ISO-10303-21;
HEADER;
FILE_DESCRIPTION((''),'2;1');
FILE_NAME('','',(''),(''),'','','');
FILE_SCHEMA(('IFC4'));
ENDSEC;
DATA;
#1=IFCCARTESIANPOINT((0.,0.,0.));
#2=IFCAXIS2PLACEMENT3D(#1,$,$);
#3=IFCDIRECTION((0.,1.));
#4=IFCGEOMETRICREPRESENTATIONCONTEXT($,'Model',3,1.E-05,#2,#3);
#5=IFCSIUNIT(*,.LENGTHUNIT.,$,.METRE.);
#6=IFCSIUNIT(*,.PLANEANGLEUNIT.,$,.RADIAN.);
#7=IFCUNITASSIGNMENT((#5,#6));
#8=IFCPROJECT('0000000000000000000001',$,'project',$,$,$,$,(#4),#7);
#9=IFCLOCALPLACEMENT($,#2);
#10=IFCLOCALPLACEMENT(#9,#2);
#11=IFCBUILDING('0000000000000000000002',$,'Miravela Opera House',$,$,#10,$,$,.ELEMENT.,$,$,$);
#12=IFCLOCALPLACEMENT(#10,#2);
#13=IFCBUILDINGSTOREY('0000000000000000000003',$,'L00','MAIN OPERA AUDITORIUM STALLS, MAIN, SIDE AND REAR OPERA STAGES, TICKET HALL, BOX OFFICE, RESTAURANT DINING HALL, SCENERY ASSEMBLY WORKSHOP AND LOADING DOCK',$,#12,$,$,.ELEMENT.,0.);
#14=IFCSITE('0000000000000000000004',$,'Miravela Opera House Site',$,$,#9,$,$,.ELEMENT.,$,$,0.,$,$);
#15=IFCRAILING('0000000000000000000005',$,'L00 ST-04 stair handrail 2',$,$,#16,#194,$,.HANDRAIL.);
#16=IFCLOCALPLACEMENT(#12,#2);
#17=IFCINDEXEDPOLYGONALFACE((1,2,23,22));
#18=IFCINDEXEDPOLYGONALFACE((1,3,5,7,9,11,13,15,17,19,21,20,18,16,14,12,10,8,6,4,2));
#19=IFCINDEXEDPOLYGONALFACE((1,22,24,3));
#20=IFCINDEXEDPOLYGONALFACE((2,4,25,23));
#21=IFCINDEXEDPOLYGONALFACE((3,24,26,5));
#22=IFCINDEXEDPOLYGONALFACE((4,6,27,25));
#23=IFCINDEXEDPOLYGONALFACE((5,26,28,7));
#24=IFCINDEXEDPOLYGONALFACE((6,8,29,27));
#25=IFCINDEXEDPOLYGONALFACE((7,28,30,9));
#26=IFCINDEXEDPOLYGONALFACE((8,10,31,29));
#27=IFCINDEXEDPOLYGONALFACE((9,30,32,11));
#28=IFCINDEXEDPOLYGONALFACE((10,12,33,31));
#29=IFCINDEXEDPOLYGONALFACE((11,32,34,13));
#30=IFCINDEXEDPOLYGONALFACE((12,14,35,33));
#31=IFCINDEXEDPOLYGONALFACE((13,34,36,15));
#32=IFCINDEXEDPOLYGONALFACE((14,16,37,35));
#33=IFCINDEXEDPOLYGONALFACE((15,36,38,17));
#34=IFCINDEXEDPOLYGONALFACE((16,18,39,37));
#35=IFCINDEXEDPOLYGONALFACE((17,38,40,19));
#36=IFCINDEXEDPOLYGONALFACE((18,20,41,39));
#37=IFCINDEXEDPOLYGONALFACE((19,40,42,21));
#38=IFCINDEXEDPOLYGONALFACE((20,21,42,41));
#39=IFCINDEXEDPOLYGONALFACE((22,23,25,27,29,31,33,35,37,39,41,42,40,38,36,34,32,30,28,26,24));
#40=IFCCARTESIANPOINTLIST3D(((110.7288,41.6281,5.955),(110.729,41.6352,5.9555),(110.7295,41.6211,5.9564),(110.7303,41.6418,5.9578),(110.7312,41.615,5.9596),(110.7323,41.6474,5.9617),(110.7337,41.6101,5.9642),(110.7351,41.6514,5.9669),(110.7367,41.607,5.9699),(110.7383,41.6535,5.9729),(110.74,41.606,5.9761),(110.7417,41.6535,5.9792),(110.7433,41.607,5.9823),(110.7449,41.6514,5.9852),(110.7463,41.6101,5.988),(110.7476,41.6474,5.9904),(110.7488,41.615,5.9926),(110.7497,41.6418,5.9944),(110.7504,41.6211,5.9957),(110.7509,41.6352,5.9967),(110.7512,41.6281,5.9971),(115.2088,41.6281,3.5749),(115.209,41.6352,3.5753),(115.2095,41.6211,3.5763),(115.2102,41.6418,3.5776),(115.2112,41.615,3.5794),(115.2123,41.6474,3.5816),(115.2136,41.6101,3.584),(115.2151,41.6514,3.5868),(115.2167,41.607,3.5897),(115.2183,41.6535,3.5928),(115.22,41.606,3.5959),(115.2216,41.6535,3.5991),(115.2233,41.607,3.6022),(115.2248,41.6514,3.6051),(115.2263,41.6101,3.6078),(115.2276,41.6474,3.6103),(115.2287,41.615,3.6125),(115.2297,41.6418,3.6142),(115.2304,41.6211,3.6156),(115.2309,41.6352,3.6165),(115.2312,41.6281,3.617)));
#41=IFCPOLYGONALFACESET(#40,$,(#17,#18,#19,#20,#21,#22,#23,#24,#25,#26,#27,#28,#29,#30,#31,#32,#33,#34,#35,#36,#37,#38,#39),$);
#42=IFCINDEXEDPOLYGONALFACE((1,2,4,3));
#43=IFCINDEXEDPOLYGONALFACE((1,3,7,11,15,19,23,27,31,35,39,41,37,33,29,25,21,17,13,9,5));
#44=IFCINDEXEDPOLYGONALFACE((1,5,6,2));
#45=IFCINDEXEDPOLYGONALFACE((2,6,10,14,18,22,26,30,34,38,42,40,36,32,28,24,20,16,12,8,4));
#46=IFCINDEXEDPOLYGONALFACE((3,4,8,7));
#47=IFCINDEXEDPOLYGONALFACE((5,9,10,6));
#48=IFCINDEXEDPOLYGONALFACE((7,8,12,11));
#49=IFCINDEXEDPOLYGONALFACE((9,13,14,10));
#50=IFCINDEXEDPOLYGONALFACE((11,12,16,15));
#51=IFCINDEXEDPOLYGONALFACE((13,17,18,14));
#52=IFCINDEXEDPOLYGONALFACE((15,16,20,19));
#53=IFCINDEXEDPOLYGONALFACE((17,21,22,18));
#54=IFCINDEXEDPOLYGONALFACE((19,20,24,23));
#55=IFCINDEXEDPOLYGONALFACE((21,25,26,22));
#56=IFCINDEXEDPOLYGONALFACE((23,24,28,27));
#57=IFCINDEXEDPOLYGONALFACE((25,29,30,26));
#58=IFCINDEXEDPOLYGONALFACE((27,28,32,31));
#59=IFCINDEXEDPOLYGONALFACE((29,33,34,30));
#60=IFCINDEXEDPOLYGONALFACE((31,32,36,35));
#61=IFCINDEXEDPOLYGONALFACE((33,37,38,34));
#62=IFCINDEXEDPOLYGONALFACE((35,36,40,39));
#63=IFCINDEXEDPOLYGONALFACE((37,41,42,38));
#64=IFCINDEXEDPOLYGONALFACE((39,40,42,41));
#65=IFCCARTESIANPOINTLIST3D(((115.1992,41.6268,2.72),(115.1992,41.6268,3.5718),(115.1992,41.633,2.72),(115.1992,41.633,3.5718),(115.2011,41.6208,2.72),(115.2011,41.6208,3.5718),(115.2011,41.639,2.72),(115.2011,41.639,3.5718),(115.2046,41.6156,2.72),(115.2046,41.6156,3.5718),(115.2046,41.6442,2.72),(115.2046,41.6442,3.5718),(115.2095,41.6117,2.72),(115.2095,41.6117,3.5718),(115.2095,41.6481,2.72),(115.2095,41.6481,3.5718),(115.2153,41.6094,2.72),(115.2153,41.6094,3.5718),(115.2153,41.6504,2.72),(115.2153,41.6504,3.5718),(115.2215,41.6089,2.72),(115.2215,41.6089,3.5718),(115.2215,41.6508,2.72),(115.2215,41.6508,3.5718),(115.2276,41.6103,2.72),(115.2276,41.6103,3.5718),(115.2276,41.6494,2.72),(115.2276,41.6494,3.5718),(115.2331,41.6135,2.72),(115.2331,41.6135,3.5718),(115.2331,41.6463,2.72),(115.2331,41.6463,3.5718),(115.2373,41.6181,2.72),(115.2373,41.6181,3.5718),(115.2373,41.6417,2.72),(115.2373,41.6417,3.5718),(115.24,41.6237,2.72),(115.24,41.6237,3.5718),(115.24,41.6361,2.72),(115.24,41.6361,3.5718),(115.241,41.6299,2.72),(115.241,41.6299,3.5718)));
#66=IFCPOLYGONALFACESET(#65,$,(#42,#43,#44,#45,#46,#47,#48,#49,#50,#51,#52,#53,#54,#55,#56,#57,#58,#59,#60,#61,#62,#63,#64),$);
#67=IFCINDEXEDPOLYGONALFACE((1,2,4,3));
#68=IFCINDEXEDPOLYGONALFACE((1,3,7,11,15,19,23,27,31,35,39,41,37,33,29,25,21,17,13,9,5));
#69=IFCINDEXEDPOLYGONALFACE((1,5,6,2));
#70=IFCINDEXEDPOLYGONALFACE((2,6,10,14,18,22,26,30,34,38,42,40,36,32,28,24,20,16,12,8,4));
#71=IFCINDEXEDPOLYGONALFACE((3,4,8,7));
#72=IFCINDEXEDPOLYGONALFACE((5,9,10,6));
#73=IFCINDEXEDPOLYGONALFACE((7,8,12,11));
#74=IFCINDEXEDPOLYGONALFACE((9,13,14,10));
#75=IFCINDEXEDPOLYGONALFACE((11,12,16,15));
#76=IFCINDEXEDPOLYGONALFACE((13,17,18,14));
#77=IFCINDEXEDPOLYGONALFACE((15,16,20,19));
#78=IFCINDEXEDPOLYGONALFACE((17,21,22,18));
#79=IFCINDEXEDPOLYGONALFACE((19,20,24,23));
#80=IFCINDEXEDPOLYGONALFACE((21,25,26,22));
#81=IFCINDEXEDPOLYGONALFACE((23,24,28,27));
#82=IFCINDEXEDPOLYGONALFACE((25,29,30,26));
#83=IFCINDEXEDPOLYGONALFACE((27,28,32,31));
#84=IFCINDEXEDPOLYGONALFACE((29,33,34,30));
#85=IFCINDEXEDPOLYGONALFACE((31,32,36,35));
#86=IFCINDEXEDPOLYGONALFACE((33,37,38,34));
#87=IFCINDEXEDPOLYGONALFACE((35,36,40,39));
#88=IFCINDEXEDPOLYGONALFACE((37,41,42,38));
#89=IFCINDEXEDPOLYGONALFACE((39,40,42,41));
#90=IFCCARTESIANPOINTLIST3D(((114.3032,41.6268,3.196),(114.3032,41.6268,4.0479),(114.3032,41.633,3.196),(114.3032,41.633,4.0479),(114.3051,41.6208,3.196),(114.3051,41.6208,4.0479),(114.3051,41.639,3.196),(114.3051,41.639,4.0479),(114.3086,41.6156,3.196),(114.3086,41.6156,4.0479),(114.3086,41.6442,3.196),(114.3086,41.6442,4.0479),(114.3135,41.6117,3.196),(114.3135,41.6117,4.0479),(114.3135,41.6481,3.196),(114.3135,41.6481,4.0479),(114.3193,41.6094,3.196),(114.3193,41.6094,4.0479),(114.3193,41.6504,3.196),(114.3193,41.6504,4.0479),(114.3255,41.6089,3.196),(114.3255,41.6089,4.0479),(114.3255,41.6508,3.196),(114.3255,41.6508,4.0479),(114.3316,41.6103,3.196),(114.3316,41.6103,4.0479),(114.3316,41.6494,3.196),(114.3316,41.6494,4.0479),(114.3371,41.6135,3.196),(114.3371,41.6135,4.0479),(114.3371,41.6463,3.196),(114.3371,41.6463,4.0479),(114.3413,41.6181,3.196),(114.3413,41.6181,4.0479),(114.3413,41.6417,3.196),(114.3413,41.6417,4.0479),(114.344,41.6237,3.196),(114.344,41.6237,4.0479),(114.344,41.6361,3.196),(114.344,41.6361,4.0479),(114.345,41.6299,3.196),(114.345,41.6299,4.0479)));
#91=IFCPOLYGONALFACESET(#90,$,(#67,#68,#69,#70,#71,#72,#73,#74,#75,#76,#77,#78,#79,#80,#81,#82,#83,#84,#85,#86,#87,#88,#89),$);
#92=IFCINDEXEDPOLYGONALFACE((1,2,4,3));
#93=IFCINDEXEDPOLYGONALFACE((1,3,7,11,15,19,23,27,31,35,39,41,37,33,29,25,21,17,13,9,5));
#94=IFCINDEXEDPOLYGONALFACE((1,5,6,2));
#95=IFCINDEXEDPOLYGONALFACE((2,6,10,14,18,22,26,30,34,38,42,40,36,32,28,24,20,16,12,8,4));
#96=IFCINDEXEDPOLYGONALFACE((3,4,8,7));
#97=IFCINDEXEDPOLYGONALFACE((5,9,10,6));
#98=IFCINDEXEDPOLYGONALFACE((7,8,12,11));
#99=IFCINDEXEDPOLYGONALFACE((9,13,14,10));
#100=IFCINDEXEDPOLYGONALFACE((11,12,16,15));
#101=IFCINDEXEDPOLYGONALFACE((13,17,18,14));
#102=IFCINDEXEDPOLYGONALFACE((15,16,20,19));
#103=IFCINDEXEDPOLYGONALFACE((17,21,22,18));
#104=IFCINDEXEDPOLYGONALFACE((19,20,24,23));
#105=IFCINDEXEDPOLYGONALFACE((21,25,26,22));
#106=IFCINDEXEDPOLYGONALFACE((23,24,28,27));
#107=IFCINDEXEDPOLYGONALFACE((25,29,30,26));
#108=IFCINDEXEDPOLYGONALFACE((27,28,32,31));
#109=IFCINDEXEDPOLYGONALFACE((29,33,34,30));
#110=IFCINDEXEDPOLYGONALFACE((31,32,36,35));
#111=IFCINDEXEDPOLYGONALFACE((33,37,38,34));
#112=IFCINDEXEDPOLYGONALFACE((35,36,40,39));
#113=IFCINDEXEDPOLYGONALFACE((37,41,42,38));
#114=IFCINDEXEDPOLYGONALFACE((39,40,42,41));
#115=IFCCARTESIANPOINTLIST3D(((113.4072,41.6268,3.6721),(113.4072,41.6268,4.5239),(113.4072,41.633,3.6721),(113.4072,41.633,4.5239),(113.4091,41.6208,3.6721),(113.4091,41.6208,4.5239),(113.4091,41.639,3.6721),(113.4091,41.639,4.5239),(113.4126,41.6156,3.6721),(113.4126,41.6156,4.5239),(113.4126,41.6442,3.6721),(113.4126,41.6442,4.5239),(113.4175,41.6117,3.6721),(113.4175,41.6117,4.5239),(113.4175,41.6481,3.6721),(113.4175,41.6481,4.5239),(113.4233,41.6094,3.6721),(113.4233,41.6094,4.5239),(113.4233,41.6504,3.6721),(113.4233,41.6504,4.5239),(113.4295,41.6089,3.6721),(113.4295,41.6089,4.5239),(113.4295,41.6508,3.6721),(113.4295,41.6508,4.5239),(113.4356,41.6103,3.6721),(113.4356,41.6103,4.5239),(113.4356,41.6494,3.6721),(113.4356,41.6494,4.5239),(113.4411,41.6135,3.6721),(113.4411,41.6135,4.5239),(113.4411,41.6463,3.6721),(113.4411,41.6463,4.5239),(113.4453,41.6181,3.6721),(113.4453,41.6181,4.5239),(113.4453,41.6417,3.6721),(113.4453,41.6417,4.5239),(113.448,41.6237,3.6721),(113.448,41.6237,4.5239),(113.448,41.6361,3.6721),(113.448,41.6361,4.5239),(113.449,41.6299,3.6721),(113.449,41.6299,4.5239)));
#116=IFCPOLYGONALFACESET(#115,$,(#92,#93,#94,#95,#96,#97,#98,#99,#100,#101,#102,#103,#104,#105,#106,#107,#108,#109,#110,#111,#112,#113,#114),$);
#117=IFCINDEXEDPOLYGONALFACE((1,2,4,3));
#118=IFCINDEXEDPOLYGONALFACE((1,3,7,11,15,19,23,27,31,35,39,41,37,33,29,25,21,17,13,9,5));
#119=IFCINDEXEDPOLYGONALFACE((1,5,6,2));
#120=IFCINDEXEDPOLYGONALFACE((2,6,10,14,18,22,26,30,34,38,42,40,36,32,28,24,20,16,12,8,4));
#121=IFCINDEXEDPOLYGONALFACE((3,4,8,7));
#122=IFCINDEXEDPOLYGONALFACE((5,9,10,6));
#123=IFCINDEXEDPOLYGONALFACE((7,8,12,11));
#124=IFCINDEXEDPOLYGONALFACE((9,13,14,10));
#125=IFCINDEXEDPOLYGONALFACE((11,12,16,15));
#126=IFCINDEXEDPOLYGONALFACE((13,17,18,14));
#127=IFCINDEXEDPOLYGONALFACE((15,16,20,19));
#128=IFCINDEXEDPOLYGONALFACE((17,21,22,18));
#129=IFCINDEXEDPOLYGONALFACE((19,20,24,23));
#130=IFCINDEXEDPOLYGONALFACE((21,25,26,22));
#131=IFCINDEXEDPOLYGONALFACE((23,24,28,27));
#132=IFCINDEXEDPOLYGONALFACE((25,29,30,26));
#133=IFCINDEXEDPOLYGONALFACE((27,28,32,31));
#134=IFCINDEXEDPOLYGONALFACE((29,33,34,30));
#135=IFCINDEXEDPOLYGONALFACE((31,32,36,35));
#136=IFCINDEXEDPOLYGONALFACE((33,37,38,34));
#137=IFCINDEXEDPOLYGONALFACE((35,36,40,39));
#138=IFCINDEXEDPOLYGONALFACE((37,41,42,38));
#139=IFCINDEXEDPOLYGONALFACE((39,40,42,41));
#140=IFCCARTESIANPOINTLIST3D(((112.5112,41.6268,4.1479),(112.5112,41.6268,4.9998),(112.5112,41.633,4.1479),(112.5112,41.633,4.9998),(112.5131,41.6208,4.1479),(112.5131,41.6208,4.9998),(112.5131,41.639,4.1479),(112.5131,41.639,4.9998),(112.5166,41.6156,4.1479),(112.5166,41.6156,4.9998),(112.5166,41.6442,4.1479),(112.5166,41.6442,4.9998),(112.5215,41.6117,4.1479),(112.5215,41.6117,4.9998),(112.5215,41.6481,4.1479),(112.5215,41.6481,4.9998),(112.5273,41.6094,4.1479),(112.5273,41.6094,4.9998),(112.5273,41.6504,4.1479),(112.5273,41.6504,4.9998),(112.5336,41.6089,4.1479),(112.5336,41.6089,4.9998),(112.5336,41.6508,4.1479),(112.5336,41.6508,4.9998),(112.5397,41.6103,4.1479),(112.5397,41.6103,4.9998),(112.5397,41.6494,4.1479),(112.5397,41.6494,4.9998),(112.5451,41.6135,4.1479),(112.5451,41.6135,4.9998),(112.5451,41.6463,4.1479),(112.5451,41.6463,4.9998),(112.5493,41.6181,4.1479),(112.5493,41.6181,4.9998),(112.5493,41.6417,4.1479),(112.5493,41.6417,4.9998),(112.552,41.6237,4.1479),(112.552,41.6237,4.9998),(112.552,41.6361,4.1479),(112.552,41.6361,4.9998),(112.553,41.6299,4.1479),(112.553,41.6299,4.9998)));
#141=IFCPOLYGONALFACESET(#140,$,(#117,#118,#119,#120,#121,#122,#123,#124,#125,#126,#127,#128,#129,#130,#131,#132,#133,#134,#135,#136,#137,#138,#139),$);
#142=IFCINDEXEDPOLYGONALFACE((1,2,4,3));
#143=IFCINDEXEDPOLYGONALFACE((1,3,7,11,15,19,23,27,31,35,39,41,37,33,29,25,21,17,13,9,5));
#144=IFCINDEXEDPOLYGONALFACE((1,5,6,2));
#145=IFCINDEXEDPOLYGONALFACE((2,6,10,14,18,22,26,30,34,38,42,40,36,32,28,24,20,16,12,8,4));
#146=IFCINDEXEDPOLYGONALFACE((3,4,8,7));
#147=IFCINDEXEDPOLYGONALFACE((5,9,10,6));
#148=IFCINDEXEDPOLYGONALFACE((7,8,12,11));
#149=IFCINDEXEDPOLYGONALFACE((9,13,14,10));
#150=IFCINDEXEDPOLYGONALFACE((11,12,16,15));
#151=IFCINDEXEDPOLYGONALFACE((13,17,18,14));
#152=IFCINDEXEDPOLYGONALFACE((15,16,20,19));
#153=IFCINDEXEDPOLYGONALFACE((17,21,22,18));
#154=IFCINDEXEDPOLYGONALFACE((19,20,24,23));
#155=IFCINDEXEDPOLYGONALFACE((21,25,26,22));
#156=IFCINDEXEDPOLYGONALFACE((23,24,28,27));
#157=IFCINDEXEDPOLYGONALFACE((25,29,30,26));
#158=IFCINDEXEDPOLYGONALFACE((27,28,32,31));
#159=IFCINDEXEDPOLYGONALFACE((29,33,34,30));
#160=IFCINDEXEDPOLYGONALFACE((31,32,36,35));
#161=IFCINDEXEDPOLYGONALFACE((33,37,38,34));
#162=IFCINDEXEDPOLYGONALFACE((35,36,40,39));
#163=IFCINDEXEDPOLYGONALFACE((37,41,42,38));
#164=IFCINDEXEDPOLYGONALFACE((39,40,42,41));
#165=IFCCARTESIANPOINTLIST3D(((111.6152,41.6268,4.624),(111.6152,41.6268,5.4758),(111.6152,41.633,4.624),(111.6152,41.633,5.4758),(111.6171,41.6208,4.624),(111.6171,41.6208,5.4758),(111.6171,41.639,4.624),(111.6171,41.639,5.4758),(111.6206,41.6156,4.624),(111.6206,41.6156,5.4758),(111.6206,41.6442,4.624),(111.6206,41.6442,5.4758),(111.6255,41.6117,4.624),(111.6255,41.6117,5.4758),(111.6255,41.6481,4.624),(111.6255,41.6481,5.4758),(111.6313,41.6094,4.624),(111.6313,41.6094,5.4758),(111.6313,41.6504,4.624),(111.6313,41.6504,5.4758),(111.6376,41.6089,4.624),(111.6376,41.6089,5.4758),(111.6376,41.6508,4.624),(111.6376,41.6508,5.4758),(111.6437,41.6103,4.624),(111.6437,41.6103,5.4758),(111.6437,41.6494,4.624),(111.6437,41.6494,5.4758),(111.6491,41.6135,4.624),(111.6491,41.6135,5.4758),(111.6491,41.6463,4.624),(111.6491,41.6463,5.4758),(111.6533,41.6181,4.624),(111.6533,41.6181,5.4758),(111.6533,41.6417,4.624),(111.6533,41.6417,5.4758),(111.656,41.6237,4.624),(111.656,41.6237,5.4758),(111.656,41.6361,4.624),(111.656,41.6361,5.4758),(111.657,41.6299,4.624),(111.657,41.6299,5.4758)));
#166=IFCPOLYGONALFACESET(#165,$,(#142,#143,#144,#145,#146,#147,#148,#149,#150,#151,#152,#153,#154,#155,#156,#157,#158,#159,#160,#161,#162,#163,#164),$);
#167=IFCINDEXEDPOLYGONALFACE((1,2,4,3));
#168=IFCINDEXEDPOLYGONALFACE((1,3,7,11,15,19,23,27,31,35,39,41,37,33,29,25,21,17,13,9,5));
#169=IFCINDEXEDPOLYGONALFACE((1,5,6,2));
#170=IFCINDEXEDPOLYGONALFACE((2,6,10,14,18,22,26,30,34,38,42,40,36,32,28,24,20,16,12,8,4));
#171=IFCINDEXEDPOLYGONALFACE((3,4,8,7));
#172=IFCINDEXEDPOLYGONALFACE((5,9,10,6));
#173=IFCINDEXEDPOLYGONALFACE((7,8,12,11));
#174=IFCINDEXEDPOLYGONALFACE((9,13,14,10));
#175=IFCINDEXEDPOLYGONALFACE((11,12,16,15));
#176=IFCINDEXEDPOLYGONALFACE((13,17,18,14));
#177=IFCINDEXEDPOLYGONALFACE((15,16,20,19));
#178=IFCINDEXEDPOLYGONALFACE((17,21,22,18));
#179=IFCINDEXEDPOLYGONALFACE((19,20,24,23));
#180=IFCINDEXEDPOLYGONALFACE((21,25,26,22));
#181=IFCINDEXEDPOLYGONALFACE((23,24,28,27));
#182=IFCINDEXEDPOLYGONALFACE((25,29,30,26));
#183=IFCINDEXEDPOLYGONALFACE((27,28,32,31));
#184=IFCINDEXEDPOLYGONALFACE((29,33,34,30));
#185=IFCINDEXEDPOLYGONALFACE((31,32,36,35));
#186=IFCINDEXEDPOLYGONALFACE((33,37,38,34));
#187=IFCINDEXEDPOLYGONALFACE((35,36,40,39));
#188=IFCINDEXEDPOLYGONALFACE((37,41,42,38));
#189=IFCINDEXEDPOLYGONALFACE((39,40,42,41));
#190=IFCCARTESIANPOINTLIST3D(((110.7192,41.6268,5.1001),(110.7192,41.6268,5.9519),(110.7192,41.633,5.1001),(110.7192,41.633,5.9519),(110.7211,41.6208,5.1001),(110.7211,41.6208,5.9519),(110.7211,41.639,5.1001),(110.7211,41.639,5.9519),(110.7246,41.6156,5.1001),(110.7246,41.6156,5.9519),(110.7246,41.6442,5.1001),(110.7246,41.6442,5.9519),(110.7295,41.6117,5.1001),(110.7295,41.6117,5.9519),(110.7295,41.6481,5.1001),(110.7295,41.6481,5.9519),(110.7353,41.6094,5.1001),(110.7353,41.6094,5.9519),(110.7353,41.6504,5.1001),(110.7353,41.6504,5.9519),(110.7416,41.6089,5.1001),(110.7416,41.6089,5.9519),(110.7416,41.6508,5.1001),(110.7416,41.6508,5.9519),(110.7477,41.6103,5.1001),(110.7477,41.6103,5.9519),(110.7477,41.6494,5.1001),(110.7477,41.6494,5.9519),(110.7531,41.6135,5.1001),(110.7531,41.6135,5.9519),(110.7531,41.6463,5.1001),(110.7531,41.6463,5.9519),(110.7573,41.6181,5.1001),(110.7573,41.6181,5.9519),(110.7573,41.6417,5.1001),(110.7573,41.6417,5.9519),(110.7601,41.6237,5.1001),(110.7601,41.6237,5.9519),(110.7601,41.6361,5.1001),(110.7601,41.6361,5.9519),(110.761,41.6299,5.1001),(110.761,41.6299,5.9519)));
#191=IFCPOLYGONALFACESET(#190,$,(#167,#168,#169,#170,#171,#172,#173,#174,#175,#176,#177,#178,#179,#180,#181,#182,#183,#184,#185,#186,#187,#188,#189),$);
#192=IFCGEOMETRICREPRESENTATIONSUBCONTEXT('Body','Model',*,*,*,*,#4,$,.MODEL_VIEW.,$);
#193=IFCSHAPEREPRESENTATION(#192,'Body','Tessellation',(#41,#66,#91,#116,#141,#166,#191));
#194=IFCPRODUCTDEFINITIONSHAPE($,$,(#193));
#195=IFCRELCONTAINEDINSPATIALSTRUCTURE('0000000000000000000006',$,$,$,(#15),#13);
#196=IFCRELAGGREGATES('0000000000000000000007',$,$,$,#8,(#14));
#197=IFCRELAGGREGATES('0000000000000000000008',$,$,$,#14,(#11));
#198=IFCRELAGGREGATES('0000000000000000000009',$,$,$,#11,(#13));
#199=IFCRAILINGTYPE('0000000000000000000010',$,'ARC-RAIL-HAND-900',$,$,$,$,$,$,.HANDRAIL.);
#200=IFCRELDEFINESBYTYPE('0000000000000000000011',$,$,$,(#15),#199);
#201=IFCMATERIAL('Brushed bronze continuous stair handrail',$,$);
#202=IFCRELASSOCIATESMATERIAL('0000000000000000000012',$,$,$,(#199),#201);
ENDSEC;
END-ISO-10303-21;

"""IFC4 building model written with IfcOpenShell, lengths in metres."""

from ifc_helpers import new_model, si_unit, direction, frame, origin, origin_2d, place, context, subcontext, project, spatial, circle, extrude, material, type_object, element, save


model = new_model("IFC4")

# Units and contexts
model_context = context("Model", 3, precision=1e-05, world=origin(), true_north=direction((0.0, 1.0)))
body_context = subcontext(model_context, "Body", "Model", "MODEL_VIEW")
ifc_project = project(units=[si_unit("LENGTHUNIT", "METRE"), si_unit("PLANEANGLEUNIT", "RADIAN")], contexts=[model_context])

# Site, building, storey
site_placement = place(None, origin())
site = spatial("IfcSite", under=ifc_project, at=site_placement, Name="Miravela Opera House Site", CompositionType="ELEMENT", RefElevation=0.0)
building_placement = place(site_placement, origin())
building = spatial("IfcBuilding", under=site, at=building_placement, Name="Miravela Opera House", CompositionType="ELEMENT")
storey_placement = place(building_placement, origin())
storey = spatial("IfcBuildingStorey", under=building, at=storey_placement, Name="L00", Description="MAIN OPERA AUDITORIUM STALLS, MAIN, SIDE AND REAR OPERA STAGES, TICKET HALL, BOX OFFICE, RESTAURANT DINING HALL, SCENERY ASSEMBLY WORKSHOP AND LOADING DOCK", CompositionType="ELEMENT", Elevation=0.0)

# Railing
ifc_material_1 = material(Name="Brushed bronze continuous stair handrail")
railing_type_1 = type_object("IfcRailingType", Name="ARC-RAIL-HAND-900", PredefinedType="HANDRAIL", material=ifc_material_1)
railing_1_placement = place(storey_placement, frame((115.22, 41.6299, 2.72)))
element("IfcRailing", 1, at=railing_1_placement, inside=storey, type_object=railing_type_1, Name="L00 ST-04 stair handrail 2", PredefinedType="HANDRAIL", context=body_context, shape_type="SweptSolid", body=[
    extrude(circle(Radius=0.0239, at=origin_2d()), frame((0.0, 0.0, 0.876), z_axis=(-0.883105, 0.0, 0.469176), x_axis=(0.0, -1.0, 0.0)), (0.0, 0.0, 1.0), 5.073),
    extrude(circle(Radius=0.021, at=origin_2d()), origin(), (0.0, 0.0, 1.0), 0.8518),
    extrude(circle(Radius=0.021, at=origin_2d()), frame((-0.896, 0.0, 0.4761)), (0.0, 0.0, 1.0), 0.8518),
    extrude(circle(Radius=0.021, at=origin_2d()), frame((-1.792, 0.0, 0.9521)), (0.0, 0.0, 1.0), 0.8518),
    extrude(circle(Radius=0.021, at=origin_2d()), frame((-2.688, 0.0, 1.428)), (0.0, 0.0, 1.0), 0.8518),
    extrude(circle(Radius=0.021, at=origin_2d()), frame((-3.584, 0.0, 1.9041)), (0.0, 0.0, 1.0), 0.8518),
    extrude(circle(Radius=0.021, at=origin_2d()), frame((-4.48, 0.0, 2.3801)), (0.0, 0.0, 1.0), 0.8518),
])

save(model, "model.ifc")
